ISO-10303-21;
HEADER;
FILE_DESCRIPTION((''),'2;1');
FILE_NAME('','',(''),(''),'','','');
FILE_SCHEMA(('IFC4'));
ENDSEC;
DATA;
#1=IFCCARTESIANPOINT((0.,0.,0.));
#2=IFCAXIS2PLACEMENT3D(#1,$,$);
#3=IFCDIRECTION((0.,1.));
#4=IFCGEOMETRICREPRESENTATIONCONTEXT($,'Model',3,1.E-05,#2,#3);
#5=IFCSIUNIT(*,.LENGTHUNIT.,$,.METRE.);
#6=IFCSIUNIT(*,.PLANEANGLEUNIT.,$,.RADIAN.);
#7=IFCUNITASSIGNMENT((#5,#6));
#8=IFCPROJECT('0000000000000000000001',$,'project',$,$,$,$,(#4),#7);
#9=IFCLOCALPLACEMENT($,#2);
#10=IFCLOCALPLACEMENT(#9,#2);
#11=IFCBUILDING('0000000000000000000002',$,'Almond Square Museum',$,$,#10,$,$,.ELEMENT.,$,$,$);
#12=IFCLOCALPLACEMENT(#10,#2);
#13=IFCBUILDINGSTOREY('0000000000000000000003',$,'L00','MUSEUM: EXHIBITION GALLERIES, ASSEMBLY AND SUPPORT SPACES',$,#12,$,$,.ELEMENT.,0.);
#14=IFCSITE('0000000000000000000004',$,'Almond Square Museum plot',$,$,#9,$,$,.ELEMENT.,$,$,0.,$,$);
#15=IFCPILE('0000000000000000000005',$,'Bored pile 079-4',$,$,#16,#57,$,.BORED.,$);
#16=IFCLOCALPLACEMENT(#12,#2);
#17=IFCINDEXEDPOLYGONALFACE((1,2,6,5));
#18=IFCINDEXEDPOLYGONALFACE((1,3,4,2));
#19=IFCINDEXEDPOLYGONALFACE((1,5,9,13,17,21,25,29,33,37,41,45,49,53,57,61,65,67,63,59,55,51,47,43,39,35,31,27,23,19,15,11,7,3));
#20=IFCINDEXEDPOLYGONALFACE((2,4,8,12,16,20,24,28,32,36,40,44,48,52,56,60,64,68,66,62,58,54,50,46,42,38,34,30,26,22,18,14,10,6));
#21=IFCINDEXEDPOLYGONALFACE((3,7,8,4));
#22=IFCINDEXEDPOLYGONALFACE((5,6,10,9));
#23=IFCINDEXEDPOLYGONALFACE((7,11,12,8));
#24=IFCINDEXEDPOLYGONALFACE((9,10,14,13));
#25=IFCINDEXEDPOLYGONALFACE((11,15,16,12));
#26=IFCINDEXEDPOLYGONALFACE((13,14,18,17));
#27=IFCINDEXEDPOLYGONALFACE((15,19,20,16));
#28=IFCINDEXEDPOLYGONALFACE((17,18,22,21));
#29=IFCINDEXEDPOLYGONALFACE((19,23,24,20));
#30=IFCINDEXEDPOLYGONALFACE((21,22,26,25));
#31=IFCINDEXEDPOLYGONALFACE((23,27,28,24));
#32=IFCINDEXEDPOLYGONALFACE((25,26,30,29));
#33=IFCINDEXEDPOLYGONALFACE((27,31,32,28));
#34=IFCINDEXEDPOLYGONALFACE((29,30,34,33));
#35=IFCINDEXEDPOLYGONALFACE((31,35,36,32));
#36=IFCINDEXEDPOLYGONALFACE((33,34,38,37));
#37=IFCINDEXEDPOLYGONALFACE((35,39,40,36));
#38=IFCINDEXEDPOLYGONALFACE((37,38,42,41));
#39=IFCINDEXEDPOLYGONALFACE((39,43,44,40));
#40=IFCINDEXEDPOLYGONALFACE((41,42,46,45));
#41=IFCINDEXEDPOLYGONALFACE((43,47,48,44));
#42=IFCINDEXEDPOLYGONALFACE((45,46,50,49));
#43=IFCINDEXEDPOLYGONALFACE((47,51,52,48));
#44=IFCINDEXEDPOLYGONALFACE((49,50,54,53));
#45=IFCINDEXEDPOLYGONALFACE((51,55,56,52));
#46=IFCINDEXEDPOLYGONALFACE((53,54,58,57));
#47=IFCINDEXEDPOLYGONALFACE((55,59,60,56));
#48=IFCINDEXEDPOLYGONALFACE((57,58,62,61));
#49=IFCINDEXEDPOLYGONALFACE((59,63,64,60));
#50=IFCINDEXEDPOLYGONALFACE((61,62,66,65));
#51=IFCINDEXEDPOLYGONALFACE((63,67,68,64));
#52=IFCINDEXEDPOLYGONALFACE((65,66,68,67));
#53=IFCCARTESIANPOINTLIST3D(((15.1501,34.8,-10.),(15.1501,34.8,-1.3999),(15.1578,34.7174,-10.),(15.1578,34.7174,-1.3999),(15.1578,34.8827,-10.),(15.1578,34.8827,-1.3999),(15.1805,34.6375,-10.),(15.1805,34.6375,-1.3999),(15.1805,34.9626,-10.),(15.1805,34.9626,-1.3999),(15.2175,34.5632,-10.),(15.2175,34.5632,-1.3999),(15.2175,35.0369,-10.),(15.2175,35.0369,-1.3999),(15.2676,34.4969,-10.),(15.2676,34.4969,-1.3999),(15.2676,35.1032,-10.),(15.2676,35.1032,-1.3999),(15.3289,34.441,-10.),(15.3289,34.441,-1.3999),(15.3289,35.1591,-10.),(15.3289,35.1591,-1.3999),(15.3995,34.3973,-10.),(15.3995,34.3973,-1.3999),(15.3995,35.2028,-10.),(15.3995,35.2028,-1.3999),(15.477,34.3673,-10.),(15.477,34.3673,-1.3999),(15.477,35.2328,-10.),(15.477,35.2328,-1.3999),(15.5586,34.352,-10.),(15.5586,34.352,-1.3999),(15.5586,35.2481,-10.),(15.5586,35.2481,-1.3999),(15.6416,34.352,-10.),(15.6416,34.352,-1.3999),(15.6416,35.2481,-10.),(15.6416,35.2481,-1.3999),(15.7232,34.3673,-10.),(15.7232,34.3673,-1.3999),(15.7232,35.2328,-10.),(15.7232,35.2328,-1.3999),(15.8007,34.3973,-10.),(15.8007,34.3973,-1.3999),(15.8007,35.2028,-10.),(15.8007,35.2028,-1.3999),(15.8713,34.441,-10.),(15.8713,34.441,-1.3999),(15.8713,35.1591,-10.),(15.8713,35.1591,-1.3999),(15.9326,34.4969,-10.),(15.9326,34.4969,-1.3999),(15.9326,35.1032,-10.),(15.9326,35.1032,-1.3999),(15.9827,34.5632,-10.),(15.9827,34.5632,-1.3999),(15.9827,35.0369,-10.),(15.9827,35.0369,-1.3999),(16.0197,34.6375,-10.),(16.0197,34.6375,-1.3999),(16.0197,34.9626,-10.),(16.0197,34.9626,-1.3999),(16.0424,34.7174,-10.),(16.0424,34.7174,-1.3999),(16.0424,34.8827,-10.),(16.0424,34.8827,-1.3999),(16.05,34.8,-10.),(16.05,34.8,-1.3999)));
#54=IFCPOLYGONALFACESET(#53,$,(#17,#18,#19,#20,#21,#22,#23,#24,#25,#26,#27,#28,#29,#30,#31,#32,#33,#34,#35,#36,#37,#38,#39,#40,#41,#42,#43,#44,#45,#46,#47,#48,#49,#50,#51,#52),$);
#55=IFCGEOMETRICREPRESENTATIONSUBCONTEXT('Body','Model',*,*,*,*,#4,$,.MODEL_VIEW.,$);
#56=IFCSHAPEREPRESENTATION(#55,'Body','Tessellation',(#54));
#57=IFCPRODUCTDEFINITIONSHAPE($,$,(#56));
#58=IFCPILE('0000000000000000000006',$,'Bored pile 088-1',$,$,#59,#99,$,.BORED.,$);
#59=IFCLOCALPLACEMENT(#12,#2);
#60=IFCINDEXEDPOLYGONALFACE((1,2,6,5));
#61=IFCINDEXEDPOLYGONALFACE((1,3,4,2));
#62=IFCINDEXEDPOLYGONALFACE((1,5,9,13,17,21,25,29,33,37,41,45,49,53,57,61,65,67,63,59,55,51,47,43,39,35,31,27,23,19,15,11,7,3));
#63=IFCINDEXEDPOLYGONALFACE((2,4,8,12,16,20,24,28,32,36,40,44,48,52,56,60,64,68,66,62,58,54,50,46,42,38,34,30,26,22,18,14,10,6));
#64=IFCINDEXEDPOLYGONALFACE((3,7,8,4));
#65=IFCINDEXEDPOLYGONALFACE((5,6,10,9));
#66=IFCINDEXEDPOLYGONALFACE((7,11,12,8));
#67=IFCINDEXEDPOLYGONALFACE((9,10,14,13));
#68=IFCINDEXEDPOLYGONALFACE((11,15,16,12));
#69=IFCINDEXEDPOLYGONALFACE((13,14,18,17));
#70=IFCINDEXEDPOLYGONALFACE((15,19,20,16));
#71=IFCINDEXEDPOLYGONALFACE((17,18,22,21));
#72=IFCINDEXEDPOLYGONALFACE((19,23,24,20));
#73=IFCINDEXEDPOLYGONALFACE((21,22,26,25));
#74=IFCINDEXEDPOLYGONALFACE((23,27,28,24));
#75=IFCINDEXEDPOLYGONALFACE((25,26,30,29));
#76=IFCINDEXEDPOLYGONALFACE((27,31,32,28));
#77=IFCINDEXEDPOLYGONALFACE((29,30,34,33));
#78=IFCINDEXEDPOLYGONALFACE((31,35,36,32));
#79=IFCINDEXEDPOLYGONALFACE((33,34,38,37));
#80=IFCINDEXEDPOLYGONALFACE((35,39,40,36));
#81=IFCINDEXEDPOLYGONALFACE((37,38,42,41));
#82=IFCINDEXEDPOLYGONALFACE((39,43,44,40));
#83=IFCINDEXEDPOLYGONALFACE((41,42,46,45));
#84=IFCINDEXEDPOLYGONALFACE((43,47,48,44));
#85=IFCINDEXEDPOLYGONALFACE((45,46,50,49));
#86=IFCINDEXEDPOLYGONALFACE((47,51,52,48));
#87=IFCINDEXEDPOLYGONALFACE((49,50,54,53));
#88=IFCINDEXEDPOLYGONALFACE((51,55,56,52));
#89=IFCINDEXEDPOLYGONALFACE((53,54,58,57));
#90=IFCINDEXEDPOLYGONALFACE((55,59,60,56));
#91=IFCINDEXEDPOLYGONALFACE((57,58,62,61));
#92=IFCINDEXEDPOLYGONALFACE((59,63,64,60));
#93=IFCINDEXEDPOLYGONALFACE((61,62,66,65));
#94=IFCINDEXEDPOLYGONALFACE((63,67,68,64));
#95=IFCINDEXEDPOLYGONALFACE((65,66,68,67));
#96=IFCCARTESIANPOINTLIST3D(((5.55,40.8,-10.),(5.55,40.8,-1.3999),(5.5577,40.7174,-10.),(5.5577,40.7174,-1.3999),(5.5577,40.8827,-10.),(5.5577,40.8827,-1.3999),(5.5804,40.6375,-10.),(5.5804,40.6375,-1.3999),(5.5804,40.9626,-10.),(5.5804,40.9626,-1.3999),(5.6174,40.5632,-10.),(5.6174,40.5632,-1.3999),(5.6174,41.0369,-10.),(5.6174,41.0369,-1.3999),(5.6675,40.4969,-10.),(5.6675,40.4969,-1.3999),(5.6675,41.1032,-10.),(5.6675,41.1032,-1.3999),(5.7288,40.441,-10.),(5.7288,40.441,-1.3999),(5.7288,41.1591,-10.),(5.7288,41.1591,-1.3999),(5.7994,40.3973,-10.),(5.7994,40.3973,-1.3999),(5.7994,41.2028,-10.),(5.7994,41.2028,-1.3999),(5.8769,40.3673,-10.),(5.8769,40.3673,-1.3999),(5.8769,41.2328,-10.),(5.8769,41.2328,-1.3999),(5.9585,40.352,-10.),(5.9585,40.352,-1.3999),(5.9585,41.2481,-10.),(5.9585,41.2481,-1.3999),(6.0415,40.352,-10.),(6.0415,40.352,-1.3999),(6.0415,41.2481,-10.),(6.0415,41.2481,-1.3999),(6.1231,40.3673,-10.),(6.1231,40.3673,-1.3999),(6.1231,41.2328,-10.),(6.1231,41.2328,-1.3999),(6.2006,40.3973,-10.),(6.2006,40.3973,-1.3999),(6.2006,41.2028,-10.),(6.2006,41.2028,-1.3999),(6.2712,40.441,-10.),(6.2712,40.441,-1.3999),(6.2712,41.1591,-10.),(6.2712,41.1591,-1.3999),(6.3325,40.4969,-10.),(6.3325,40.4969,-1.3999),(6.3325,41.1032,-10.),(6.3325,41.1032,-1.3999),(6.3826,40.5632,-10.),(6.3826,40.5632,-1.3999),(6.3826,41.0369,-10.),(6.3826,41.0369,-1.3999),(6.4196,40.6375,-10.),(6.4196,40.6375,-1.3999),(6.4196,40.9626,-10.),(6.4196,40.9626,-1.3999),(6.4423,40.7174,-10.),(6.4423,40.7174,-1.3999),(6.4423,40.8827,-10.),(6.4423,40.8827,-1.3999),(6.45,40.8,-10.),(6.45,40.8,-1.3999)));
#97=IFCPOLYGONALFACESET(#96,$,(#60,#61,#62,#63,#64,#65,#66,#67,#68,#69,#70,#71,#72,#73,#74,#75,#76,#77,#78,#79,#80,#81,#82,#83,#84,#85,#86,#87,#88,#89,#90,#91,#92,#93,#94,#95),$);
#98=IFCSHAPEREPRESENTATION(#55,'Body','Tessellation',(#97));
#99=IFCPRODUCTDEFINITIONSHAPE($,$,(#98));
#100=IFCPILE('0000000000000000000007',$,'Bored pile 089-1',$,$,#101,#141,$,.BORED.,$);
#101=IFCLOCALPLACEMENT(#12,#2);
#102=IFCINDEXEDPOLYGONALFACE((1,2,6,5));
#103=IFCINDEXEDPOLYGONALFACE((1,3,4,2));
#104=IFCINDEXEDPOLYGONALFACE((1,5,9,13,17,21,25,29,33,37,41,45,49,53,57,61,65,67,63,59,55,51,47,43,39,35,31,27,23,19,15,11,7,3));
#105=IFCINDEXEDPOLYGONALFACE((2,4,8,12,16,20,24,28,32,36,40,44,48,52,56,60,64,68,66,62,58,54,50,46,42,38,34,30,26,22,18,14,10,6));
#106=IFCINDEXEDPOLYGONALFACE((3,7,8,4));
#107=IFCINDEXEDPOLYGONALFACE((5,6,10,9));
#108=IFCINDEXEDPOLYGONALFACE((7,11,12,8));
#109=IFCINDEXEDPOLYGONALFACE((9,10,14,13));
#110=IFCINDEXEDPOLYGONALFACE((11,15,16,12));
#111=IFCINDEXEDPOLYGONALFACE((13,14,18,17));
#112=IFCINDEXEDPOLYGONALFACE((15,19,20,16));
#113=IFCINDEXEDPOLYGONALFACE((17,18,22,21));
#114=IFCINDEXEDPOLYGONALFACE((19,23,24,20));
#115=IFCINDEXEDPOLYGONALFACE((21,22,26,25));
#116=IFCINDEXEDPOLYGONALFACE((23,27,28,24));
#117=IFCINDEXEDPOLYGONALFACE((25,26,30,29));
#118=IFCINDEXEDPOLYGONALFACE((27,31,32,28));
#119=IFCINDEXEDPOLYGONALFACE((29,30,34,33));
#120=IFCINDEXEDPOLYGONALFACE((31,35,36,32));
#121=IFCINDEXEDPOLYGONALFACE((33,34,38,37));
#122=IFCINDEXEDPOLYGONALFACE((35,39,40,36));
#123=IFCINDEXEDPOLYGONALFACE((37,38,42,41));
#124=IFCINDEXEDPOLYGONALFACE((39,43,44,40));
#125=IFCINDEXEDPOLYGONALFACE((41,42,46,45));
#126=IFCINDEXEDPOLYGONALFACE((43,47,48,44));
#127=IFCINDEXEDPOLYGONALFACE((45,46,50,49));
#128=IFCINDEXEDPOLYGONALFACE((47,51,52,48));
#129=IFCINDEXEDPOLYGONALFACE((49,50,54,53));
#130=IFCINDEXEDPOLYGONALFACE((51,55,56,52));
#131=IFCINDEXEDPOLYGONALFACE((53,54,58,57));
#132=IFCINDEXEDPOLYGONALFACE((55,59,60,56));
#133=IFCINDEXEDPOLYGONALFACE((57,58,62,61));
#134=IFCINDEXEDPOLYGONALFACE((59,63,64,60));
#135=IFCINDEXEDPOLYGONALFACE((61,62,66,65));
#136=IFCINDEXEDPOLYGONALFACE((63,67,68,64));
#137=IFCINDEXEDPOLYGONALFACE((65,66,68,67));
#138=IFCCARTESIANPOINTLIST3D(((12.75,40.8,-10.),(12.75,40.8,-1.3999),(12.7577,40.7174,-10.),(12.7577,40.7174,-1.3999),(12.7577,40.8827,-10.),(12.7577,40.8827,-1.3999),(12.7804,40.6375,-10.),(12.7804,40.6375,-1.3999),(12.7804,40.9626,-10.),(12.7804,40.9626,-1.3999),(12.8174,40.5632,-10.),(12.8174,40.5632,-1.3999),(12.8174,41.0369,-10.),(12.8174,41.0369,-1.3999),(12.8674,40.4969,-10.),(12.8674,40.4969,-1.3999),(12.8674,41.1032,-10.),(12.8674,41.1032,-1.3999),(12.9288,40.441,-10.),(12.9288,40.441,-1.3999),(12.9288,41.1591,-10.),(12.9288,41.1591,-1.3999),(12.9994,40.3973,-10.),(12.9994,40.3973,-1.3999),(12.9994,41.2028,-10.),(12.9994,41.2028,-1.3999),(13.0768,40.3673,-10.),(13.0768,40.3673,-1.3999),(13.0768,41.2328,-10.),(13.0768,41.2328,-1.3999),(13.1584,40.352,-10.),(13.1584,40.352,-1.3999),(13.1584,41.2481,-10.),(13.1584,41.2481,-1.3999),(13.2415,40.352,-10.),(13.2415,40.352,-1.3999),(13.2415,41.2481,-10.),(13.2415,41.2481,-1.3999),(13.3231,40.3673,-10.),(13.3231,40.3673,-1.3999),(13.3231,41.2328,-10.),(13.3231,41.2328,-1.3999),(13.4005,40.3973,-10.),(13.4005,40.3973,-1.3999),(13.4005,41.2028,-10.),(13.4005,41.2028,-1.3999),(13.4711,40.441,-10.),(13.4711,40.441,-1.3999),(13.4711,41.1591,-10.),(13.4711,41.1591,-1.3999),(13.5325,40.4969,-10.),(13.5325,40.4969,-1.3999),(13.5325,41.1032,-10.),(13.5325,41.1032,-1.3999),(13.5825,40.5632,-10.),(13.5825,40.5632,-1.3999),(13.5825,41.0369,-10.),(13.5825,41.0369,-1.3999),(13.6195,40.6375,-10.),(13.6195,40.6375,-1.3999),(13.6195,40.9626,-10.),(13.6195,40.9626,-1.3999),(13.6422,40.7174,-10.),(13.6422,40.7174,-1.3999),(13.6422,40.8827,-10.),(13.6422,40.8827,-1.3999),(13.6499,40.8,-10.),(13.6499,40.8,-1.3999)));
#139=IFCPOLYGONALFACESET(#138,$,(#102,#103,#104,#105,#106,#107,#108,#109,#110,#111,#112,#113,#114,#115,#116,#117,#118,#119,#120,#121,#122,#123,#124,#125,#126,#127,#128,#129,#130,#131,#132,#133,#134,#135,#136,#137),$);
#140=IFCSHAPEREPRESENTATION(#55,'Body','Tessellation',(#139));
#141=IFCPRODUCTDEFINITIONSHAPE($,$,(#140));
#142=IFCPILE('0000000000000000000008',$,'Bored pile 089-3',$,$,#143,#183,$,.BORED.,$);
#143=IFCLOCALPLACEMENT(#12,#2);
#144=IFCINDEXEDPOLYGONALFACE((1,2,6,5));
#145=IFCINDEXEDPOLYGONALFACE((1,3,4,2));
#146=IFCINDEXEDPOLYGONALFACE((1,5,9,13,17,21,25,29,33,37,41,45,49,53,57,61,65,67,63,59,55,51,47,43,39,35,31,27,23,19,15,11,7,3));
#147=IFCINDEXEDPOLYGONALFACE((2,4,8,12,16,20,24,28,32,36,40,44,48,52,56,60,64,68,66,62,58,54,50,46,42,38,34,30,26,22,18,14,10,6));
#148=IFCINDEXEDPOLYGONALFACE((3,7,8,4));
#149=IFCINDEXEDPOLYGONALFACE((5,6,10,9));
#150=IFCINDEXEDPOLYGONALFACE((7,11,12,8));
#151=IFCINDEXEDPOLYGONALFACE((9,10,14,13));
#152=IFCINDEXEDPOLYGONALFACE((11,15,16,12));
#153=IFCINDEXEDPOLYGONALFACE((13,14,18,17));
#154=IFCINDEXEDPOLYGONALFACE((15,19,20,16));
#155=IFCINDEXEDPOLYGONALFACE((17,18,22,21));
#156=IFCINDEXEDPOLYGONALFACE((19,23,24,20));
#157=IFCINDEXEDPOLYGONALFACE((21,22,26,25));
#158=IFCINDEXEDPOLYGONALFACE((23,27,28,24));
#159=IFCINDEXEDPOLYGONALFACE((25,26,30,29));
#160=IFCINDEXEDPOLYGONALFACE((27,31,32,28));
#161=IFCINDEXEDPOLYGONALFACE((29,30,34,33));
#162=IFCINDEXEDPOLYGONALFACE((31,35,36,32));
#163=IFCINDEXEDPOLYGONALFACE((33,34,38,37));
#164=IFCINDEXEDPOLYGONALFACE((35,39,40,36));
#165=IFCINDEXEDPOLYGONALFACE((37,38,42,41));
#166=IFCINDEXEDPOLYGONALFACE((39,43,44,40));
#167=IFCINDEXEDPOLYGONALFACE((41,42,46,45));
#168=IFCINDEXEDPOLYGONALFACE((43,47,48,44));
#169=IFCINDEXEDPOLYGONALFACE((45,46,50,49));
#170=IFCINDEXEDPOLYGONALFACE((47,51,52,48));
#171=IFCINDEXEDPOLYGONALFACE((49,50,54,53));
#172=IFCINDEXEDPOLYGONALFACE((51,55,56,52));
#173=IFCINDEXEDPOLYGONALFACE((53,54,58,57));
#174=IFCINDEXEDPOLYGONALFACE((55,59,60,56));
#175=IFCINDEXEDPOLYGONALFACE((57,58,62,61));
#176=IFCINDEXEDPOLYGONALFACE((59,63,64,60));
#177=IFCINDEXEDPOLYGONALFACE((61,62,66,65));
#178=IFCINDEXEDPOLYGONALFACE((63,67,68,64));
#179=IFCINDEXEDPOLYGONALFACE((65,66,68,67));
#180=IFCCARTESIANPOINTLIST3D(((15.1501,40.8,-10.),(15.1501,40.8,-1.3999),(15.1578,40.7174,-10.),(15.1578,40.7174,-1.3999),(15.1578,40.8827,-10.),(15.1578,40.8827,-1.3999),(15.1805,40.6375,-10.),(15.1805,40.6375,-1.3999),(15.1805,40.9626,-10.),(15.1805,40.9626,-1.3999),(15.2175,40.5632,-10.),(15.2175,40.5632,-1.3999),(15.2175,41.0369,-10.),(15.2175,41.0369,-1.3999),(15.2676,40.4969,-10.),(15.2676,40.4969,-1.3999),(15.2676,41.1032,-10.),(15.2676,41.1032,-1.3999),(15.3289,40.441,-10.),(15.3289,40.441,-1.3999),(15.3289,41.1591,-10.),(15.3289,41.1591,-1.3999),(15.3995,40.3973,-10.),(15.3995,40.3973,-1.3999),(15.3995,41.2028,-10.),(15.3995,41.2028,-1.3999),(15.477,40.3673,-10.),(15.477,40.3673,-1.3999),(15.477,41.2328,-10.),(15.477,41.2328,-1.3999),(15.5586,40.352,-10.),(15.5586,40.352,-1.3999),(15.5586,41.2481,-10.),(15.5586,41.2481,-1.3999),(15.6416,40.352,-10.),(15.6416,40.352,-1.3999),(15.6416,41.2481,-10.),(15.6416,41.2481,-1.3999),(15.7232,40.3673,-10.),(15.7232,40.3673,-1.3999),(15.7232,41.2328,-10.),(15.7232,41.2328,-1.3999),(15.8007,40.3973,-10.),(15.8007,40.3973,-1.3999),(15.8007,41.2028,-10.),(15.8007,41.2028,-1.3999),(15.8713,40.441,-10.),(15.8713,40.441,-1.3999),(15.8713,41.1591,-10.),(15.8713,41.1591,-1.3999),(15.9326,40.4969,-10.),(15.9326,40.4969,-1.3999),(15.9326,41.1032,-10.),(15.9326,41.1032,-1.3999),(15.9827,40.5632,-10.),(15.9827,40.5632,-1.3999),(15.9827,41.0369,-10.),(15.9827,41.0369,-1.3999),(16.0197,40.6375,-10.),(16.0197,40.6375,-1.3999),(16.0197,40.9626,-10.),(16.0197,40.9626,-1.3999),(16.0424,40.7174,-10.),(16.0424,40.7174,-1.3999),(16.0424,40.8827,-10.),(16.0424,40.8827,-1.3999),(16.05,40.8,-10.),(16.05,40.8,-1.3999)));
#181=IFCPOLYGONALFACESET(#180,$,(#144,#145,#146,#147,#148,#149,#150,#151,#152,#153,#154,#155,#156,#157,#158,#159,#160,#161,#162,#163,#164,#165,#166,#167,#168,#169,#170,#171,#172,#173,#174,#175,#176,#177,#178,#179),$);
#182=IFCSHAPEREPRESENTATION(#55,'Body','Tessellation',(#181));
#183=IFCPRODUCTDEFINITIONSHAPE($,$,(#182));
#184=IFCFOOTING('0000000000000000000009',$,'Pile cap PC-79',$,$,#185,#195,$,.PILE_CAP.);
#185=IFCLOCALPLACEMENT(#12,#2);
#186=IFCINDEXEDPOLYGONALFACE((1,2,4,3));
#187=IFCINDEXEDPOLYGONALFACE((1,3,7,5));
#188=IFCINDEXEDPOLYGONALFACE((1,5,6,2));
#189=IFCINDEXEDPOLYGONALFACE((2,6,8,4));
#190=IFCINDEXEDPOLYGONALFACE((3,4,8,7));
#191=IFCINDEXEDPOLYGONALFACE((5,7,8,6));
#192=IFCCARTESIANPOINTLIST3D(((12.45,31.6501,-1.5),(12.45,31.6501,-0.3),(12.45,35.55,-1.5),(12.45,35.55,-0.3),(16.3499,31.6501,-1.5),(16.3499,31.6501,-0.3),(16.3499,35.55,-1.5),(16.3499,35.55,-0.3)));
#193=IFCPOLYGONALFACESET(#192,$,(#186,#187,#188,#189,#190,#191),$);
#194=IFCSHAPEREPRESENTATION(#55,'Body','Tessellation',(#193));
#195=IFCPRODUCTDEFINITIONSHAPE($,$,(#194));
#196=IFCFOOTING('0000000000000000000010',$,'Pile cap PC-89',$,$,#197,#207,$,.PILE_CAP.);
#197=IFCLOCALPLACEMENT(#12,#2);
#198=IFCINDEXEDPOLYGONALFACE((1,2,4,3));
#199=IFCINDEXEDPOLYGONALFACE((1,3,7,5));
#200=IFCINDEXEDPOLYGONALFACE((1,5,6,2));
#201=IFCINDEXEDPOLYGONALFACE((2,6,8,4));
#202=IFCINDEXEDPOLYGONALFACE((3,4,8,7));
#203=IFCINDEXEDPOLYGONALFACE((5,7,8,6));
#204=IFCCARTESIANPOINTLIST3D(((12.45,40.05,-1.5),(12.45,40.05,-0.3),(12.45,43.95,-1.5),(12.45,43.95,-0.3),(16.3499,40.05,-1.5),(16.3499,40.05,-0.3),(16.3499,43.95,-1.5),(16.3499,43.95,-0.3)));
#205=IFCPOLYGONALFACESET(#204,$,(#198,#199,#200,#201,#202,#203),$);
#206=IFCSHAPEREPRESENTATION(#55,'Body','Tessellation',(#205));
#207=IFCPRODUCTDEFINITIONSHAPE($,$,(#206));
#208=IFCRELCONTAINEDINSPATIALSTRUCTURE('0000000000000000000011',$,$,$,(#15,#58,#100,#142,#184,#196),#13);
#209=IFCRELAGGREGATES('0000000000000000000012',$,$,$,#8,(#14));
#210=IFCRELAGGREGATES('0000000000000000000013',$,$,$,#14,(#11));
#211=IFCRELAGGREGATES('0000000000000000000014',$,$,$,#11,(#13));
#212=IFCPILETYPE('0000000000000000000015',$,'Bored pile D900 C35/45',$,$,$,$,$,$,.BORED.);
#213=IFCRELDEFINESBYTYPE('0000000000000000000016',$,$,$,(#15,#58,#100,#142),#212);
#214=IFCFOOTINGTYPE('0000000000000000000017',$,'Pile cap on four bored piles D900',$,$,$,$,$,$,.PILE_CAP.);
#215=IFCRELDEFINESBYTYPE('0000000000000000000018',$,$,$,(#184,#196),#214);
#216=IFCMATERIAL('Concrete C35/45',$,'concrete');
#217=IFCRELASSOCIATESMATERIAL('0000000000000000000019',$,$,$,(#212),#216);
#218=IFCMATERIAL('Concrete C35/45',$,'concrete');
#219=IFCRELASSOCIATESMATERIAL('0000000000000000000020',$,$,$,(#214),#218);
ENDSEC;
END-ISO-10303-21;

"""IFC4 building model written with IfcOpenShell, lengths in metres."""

from ifc_helpers import new_model, si_unit, direction, frame, origin, origin_2d, place, context, subcontext, project, spatial, rectangle, circle, extrude, material, material_profile, profile_set, type_object, element, save


model = new_model("IFC4")

# Units and contexts
model_context = context("Model", 3, precision=1e-05, world=origin(), true_north=direction((0.0, 1.0)))
body_context = subcontext(model_context, "Body", "Model", "MODEL_VIEW")
ifc_project = project(units=[si_unit("LENGTHUNIT", "METRE"), si_unit("PLANEANGLEUNIT", "RADIAN")], contexts=[model_context])

# Site, building, storey
site_placement = place(None, origin())
site = spatial("IfcSite", under=ifc_project, at=site_placement, Name="Almond Square Museum plot", CompositionType="ELEMENT", RefElevation=0.0)
building_placement = place(site_placement, origin())
building = spatial("IfcBuilding", under=site, at=building_placement, Name="Almond Square Museum", CompositionType="ELEMENT")
storey_placement = place(building_placement, origin())
storey = spatial("IfcBuildingStorey", under=building, at=storey_placement, Name="L00", Description="MUSEUM: EXHIBITION GALLERIES, ASSEMBLY AND SUPPORT SPACES", CompositionType="ELEMENT", Elevation=0.0)

# Piles
ifc_material_1 = material(Name="Concrete C35/45", Category="concrete")
ifc_material_profile_1 = material_profile(ifc_material_1, circle(Radius=0.45, at=origin_2d()))
ifc_profile_set_1 = profile_set([ifc_material_profile_1], Name="Concrete C35/45")
pile_type = type_object("IfcPileType", Name="Bored pile D900 C35/45", PredefinedType="BORED", material=ifc_profile_set_1)
for number, where, z_axis, x_axis, name in (
    (1, (15.6001, 34.8, -1.3999), (0.0, 0.0, -1.0), (1.0, 0.0, 0.0), "Bored pile 079-4"),
    (2, (6.0, 40.8, -1.3999), (0.0, 0.0, -1.0), (1.0, 0.0, 0.0), "Bored pile 088-1"),
    (3, (13.2, 40.8, -1.3999), (0.0, 0.0, -1.0), (1.0, 0.0, 0.0), "Bored pile 089-1"),
    (4, (15.6001, 40.8, -1.3999), (0.0, 0.0, -1.0), (1.0, 0.0, 0.0), "Bored pile 089-3"),
):
    element("IfcPile", number, at=place(storey_placement, frame(where, z_axis=z_axis, x_axis=x_axis)), inside=storey, type_object=pile_type, Name=name, PredefinedType="BORED", context=body_context, shape_type="SweptSolid", body=[
        extrude(circle(Radius=0.45, at=origin_2d()), origin(), (0.0, 0.0, 1.0), 8.6001),
    ])

# Footings
ifc_material_2 = material(Name="Concrete C35/45", Category="concrete")
footing_type_1 = type_object("IfcFootingType", Name="Pile cap on four bored piles D900", PredefinedType="PILE_CAP", material=ifc_material_2)
for number, where, z_axis, x_axis, name in (
    (5, (14.3999, 33.6001, -1.5), (0.0, 0.0, 1.0), (1.0, 0.0, 0.0), "Pile cap PC-79"),
    (6, (14.3999, 42.0, -1.5), (0.0, 0.0, 1.0), (1.0, 0.0, 0.0), "Pile cap PC-89"),
):
    element("IfcFooting", number, at=place(storey_placement, frame(where, z_axis=z_axis, x_axis=x_axis)), inside=storey, type_object=footing_type_1, Name=name, PredefinedType="PILE_CAP", context=body_context, shape_type="SweptSolid", body=[
        extrude(rectangle(XDim=3.8999, YDim=3.8999, at=origin_2d()), origin(), (0.0, 0.0, 1.0), 1.2),
    ])

save(model, "model.ifc")
